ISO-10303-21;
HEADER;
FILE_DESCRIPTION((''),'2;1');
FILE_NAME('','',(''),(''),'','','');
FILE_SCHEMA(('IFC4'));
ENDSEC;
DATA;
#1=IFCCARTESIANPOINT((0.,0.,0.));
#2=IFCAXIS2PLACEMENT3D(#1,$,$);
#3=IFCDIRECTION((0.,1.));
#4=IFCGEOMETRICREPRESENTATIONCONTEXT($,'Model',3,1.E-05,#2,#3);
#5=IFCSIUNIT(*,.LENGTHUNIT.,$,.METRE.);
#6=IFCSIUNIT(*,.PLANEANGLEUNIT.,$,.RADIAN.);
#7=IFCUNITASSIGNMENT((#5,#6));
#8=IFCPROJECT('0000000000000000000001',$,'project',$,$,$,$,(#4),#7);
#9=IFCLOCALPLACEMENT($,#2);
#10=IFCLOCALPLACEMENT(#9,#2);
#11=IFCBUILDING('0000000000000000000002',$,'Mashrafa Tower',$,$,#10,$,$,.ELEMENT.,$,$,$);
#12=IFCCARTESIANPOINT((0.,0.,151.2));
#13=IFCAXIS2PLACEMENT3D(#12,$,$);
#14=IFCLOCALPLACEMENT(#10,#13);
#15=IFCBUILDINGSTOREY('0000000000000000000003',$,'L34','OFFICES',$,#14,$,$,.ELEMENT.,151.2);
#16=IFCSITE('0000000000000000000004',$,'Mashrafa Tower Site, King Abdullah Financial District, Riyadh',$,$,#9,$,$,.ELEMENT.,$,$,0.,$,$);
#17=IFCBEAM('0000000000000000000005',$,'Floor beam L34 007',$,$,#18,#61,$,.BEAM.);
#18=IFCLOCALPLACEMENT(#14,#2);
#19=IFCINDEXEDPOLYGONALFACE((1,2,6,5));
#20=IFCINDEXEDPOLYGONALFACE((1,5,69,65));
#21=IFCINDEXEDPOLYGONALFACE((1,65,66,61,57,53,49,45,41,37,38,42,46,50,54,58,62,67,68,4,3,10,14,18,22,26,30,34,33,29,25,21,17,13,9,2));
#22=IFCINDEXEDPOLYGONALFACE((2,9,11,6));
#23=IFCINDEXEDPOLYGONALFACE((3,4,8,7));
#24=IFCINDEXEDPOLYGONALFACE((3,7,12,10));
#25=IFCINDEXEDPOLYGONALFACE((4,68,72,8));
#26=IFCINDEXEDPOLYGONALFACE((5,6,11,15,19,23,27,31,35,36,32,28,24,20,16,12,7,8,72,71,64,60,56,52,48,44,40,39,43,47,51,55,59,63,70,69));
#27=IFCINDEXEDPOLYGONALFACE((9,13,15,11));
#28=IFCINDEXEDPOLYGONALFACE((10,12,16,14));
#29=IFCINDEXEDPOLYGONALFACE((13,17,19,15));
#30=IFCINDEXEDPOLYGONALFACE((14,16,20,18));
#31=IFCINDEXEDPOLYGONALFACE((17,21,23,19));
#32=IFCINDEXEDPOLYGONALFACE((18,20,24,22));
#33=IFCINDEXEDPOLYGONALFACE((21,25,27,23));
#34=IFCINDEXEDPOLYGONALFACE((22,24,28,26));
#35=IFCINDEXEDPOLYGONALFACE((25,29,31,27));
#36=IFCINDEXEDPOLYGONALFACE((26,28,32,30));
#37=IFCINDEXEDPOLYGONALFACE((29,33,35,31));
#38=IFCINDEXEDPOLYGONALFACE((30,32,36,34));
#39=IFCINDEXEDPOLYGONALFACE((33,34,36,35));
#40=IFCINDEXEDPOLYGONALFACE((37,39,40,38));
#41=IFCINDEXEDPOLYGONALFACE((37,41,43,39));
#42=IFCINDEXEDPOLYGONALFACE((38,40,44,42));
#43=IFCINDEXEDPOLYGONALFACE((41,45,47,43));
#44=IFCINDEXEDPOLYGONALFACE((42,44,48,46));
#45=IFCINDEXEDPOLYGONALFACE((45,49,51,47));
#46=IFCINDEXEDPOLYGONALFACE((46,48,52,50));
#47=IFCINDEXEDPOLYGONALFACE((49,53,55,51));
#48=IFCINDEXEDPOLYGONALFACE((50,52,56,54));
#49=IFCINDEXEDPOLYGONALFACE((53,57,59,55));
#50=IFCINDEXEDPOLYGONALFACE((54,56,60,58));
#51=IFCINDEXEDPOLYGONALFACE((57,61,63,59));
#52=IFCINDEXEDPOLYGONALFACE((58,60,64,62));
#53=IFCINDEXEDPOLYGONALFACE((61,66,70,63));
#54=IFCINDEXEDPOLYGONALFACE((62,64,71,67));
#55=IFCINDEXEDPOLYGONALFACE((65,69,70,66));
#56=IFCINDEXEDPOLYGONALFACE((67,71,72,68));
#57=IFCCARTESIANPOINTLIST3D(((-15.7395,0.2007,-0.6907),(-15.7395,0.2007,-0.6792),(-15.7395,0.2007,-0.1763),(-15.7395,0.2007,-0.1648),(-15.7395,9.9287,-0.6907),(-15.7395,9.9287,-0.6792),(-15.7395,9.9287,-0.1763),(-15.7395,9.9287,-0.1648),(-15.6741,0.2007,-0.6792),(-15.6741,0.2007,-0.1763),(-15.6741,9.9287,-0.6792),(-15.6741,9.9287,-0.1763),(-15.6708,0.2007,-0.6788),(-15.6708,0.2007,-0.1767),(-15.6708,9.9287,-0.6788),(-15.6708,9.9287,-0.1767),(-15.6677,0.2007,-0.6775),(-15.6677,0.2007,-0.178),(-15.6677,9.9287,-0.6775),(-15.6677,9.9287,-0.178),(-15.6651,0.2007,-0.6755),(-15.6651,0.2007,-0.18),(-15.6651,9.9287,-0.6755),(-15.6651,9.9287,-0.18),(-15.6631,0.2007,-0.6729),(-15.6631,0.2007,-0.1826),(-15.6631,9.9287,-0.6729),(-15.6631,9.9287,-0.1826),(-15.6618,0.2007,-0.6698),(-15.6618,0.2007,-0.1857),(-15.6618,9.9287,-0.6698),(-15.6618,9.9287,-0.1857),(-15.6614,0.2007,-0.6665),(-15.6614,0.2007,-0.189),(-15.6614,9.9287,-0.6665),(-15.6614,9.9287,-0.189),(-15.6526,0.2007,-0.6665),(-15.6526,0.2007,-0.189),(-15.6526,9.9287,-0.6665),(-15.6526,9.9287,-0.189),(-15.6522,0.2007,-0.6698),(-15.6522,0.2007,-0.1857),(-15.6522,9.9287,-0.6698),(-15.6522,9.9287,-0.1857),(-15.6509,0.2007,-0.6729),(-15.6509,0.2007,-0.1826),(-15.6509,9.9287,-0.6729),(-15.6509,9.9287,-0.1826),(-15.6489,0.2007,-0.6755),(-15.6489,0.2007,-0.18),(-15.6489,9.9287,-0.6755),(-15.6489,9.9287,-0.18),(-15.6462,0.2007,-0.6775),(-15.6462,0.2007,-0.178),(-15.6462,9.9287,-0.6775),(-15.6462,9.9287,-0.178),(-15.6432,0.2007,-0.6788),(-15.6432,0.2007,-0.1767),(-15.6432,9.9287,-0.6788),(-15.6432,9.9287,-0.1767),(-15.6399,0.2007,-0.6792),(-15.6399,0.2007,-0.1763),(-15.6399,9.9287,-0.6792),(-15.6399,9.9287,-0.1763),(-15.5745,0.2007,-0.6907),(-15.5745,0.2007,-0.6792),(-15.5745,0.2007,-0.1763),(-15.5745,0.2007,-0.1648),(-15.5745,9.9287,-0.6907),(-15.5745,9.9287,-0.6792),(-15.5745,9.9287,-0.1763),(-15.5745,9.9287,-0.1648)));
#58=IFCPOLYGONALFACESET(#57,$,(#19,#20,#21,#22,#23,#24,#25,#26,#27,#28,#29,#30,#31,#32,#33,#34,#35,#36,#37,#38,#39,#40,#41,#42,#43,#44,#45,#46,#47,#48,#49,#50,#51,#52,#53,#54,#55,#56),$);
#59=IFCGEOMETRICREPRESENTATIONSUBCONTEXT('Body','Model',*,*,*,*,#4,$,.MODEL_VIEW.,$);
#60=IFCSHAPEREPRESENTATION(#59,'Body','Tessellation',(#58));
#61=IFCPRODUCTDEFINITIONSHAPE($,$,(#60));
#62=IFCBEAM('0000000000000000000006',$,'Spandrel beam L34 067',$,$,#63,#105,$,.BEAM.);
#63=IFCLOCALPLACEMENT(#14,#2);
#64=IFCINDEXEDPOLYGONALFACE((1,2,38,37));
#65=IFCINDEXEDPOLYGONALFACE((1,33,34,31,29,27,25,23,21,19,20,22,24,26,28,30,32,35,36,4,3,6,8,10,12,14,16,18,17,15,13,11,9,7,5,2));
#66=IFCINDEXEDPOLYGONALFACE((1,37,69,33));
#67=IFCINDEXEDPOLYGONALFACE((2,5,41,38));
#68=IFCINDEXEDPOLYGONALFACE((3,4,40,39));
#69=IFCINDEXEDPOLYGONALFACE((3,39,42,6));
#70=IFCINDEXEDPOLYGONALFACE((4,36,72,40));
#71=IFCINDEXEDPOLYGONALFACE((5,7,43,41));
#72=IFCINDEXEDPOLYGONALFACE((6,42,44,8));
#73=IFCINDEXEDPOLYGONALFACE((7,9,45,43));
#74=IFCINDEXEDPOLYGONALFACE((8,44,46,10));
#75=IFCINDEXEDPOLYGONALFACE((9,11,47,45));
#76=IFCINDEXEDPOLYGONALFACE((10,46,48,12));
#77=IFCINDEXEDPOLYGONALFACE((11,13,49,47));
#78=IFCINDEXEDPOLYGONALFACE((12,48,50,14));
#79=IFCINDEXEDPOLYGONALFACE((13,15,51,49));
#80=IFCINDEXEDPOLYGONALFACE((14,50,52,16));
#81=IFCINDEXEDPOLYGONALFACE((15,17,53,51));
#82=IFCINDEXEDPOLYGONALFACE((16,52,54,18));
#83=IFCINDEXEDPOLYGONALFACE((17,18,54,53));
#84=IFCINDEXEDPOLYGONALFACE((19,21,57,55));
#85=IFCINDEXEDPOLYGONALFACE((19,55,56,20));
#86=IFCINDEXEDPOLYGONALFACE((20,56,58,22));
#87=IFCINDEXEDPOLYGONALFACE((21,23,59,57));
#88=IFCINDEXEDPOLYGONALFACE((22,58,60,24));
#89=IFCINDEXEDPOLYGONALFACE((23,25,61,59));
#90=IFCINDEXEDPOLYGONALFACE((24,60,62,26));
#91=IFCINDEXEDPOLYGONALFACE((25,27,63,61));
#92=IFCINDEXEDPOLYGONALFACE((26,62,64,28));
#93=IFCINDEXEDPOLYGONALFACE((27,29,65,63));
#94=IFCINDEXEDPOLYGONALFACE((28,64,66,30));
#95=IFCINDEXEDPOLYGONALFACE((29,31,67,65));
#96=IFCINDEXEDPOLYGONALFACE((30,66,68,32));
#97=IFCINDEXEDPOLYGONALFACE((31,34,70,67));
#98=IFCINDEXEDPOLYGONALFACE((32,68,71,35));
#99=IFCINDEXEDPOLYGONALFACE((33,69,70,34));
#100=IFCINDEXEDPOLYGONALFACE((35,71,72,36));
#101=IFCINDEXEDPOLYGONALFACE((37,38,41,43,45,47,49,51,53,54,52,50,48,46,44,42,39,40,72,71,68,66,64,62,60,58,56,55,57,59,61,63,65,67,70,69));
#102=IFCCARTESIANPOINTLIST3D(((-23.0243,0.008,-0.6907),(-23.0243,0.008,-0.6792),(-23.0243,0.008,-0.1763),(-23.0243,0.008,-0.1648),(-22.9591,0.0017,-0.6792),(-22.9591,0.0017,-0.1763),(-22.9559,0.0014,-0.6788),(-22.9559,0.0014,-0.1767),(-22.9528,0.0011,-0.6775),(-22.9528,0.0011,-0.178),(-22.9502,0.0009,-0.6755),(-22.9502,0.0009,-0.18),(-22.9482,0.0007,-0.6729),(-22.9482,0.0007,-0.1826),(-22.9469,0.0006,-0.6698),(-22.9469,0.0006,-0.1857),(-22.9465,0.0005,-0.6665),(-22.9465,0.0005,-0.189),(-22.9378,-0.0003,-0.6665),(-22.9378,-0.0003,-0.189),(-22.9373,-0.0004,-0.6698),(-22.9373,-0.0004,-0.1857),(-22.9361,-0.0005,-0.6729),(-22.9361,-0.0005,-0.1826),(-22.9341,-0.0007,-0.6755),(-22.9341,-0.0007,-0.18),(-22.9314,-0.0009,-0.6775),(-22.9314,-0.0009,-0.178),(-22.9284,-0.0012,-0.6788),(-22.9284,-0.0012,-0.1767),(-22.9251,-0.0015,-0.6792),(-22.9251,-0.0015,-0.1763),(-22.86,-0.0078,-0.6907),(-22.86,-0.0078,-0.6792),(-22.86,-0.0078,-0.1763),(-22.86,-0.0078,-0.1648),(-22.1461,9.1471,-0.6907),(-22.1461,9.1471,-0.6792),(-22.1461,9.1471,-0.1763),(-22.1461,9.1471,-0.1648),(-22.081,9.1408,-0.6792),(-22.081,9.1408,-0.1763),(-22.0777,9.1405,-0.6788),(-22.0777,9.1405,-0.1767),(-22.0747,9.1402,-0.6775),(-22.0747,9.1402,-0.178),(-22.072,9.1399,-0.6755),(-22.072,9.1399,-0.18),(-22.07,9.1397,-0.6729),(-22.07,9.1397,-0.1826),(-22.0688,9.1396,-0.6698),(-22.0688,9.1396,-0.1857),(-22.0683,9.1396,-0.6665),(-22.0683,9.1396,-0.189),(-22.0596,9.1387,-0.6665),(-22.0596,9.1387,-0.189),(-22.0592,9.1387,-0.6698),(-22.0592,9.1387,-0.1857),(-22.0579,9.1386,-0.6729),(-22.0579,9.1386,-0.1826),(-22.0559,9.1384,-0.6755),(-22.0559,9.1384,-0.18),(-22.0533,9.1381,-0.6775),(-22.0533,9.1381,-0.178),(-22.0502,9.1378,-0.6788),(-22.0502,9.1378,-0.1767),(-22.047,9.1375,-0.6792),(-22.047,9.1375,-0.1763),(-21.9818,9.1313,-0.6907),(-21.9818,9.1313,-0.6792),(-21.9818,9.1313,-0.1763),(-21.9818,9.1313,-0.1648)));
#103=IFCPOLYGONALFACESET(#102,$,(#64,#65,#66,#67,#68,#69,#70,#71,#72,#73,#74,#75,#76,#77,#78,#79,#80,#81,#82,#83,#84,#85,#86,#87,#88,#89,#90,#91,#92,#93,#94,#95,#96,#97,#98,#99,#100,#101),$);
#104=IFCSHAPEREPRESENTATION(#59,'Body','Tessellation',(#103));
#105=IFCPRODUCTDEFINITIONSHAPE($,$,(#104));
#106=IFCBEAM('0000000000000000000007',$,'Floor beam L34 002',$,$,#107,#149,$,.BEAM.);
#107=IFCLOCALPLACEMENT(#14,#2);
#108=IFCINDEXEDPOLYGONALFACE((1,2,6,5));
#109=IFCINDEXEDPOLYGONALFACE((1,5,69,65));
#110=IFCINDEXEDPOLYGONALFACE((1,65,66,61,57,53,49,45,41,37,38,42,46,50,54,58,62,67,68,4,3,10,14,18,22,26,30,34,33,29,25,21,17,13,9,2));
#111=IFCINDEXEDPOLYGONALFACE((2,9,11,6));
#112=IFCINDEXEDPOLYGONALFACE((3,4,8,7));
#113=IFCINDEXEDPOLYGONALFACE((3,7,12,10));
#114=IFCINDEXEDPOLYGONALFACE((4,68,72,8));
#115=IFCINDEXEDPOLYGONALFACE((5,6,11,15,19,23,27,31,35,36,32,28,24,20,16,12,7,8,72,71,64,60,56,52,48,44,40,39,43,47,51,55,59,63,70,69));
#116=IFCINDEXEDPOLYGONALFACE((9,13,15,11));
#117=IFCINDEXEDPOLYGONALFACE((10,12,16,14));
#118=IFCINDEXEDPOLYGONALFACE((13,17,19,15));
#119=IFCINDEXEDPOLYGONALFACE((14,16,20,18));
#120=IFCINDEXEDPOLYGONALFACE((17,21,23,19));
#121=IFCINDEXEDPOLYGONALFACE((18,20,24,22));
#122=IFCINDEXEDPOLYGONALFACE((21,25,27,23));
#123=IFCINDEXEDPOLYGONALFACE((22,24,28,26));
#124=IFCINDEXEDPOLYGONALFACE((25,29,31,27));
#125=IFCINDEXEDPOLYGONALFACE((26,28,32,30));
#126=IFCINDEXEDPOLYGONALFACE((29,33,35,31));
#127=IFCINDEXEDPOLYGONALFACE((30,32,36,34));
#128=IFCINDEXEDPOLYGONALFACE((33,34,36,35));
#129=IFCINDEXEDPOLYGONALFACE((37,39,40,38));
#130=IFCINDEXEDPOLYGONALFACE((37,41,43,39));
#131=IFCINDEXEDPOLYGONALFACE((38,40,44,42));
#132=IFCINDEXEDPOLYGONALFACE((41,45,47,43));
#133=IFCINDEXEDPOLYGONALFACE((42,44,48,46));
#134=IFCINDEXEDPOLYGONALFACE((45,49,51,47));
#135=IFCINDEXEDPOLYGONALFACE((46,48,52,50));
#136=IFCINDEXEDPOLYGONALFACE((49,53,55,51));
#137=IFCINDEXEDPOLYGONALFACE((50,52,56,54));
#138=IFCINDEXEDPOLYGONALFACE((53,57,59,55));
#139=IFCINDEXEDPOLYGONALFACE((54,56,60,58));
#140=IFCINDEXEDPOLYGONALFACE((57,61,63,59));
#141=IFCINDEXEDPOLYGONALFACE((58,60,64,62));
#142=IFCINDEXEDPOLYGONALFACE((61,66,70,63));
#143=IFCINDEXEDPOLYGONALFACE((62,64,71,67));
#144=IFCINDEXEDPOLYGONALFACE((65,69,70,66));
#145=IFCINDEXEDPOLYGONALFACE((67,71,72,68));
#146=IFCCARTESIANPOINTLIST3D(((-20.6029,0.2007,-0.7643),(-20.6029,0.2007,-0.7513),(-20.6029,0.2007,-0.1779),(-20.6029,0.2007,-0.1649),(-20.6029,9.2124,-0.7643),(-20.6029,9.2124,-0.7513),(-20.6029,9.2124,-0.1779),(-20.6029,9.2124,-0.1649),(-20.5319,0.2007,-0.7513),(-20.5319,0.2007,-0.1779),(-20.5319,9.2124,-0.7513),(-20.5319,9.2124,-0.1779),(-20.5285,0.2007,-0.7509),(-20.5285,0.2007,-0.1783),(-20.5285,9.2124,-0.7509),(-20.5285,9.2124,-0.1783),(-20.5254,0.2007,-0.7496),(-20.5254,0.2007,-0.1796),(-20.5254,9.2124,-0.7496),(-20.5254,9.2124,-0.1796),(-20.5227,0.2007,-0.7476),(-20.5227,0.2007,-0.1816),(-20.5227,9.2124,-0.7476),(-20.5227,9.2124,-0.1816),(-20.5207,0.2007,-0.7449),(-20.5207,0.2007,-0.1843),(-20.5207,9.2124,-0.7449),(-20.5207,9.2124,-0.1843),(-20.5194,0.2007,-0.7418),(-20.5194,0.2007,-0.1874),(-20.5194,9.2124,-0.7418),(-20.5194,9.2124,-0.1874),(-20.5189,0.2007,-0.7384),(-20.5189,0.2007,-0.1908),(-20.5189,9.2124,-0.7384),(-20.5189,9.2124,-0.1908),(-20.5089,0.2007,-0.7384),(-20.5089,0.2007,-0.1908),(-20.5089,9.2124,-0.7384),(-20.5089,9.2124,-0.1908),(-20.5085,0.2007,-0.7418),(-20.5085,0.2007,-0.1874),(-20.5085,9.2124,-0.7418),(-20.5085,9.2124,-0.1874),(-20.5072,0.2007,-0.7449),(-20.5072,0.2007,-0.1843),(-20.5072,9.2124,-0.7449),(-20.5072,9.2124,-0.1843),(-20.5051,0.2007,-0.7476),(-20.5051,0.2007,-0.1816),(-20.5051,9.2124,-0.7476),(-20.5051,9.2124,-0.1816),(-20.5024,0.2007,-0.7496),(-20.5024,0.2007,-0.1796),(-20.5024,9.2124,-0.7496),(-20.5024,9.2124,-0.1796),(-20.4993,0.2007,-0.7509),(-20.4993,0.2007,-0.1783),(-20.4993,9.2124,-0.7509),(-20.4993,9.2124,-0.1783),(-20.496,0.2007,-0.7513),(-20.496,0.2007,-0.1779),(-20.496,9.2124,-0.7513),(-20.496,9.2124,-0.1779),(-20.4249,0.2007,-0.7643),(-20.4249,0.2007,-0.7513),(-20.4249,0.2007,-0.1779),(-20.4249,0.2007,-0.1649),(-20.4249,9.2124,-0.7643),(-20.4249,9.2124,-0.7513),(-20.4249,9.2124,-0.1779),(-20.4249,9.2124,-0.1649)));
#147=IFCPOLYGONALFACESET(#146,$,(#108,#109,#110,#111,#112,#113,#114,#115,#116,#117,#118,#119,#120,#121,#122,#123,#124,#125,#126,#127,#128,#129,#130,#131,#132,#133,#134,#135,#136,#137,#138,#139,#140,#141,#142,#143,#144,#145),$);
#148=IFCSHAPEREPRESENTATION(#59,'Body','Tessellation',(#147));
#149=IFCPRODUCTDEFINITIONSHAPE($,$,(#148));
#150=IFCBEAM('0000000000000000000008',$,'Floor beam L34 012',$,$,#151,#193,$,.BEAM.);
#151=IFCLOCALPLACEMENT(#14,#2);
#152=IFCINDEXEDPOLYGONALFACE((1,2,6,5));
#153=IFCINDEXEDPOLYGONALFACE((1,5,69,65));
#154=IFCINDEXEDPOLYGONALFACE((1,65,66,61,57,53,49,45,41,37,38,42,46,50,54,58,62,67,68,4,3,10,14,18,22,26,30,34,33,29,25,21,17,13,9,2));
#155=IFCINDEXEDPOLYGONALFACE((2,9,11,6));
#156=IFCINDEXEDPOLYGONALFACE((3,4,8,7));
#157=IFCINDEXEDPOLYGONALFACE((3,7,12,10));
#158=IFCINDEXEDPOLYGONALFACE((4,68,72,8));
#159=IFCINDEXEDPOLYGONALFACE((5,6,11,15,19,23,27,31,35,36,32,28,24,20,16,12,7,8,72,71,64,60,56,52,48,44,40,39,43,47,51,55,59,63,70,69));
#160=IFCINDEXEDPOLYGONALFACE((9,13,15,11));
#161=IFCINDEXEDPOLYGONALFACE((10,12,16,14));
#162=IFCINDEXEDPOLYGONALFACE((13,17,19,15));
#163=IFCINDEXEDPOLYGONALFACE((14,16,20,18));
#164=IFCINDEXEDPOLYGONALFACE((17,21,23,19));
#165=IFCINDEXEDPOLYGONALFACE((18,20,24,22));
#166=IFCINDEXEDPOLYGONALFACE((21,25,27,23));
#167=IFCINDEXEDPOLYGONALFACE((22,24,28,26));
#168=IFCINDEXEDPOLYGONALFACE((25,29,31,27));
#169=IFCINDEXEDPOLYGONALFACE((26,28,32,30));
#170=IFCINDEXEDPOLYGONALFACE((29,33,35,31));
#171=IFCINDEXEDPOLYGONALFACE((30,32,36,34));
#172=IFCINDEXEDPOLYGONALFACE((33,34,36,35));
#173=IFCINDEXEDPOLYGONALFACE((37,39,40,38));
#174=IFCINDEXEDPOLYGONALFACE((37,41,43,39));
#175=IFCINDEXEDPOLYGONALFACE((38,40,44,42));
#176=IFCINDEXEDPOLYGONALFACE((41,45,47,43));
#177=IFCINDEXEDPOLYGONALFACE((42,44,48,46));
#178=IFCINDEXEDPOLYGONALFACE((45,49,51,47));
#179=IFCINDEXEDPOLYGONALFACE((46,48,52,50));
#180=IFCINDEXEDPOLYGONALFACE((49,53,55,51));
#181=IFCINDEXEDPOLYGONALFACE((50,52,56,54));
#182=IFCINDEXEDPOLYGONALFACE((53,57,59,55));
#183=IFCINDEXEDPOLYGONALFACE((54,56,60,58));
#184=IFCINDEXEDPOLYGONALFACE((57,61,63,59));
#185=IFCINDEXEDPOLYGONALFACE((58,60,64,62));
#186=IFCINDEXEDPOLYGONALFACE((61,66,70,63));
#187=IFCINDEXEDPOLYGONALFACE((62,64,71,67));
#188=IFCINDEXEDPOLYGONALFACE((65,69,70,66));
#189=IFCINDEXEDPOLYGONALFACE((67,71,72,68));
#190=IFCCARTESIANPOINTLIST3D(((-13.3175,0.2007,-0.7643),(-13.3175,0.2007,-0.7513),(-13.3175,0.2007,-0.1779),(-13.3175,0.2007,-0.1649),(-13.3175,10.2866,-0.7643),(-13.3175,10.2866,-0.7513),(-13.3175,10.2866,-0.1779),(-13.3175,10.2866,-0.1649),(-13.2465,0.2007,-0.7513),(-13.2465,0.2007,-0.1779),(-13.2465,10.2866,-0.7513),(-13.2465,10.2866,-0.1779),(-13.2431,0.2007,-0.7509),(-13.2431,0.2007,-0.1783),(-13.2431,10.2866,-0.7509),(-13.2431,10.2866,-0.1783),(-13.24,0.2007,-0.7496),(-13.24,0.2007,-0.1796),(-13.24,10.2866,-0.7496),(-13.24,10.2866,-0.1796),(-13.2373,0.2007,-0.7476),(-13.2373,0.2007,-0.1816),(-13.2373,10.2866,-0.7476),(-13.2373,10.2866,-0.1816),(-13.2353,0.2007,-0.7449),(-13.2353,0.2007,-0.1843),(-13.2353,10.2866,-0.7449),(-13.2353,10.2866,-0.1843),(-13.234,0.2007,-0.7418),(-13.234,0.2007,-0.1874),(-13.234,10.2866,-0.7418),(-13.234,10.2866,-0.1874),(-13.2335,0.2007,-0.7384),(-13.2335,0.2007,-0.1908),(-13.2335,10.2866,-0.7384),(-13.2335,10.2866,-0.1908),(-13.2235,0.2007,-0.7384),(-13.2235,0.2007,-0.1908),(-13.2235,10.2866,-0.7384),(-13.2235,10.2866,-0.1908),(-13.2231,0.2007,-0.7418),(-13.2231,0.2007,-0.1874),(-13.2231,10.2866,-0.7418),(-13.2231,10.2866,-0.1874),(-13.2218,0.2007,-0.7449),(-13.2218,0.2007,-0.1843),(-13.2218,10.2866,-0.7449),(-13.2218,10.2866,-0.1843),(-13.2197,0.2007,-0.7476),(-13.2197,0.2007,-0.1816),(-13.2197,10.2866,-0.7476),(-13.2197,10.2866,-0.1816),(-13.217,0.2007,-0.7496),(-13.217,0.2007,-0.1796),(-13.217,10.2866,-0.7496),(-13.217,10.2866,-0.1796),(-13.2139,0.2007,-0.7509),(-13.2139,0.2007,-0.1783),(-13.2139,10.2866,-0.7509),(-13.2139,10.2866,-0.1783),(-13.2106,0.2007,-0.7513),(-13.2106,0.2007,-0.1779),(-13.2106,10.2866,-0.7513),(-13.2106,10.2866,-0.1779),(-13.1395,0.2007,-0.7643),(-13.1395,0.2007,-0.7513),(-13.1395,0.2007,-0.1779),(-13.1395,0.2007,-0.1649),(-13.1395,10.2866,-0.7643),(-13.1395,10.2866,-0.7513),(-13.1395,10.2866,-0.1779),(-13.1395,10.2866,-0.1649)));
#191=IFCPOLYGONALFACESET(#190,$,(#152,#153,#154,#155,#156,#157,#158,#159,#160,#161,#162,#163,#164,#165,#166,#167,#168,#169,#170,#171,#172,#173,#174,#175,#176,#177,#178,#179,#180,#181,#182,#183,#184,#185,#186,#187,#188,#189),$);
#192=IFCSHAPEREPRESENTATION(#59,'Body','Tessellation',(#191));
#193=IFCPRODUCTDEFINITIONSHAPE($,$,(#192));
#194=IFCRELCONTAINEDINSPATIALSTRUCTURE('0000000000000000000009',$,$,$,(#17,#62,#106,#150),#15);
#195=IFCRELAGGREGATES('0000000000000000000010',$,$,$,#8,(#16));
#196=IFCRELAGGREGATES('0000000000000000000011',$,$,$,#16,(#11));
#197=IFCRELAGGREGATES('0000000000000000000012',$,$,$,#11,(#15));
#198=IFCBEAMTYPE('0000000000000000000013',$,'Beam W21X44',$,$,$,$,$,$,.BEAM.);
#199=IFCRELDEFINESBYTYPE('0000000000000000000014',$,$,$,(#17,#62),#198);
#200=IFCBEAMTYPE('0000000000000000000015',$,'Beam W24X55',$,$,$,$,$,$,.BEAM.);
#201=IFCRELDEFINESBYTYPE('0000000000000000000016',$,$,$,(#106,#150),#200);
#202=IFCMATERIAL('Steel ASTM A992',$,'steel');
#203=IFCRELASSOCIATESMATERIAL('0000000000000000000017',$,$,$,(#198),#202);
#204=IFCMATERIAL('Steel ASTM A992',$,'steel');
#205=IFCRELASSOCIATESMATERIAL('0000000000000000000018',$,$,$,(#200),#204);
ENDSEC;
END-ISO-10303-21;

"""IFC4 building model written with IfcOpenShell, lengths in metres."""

from ifc_helpers import new_model, si_unit, direction, frame, origin, origin_2d, place, context, subcontext, project, spatial, i_section, extrude, material, material_profile, profile_set, type_object, element, save


model = new_model("IFC4")

# Units and contexts
model_context = context("Model", 3, precision=1e-05, world=origin(), true_north=direction((0.0, 1.0)))
body_context = subcontext(model_context, "Body", "Model", "MODEL_VIEW")
ifc_project = project(units=[si_unit("LENGTHUNIT", "METRE"), si_unit("PLANEANGLEUNIT", "RADIAN")], contexts=[model_context])

# Site, building, storey
site_placement = place(None, origin())
site = spatial("IfcSite", under=ifc_project, at=site_placement, Name="Mashrafa Tower Site, King Abdullah Financial District, Riyadh", CompositionType="ELEMENT", RefElevation=0.0)
building_placement = place(site_placement, origin())
building = spatial("IfcBuilding", under=site, at=building_placement, Name="Mashrafa Tower", CompositionType="ELEMENT")
storey_placement = place(building_placement, frame((0.0, 0.0, 151.2)))
storey = spatial("IfcBuildingStorey", under=building, at=storey_placement, Name="L34", Description="OFFICES", CompositionType="ELEMENT", Elevation=151.2)

# Beams
ifc_material_1 = material(Name="Steel ASTM A992", Category="steel")
ifc_material_profile_1 = material_profile(ifc_material_1, i_section(OverallWidth=0.165, OverallDepth=0.5259, WebThickness=0.0088, FlangeThickness=0.0115, FilletRadius=0.0127, at=origin_2d()), Name="W21X44")
ifc_profile_set_1 = profile_set([ifc_material_profile_1], Name="Steel ASTM A992")
beam_type_1 = type_object("IfcBeamType", Name="Beam W21X44", PredefinedType="BEAM", material=ifc_profile_set_1)
beam_1_placement = place(storey_placement, frame((-15.657, 0.2007, -0.4277), z_axis=(0.0, 1.0, 0.0), x_axis=(-1.0, 0.0, 0.0)))
element("IfcBeam", 1, at=beam_1_placement, inside=storey, type_object=beam_type_1, Name="Floor beam L34 007", PredefinedType="BEAM", context=body_context, shape_type="SweptSolid", body=[
    extrude(i_section(OverallWidth=0.165, OverallDepth=0.5259, WebThickness=0.0088, FlangeThickness=0.0115, FilletRadius=0.0127, at=origin_2d()), origin(), (0.0, 0.0, 1.0), 9.728),
])
beam_2_placement = place(storey_placement, frame((-22.064, 9.1392, -0.4277), z_axis=(-0.095649, -0.995415, 0.0), x_axis=(0.995415, -0.095649, 0.0)))
element("IfcBeam", 2, at=beam_2_placement, inside=storey, type_object=beam_type_1, Name="Spandrel beam L34 067", PredefinedType="BEAM", context=body_context, shape_type="SweptSolid", body=[
    extrude(i_section(OverallWidth=0.165, OverallDepth=0.5259, WebThickness=0.0088, FlangeThickness=0.0115, FilletRadius=0.0127, at=origin_2d()), origin(), (0.0, 0.0, 1.0), 9.1812),
])
ifc_material_2 = material(Name="Steel ASTM A992", Category="steel")
ifc_material_profile_2 = material_profile(ifc_material_2, i_section(OverallWidth=0.178, OverallDepth=0.5994, WebThickness=0.01, FlangeThickness=0.0129, FilletRadius=0.0129, at=origin_2d()), Name="W24X55")
ifc_profile_set_2 = profile_set([ifc_material_profile_2], Name="Steel ASTM A992")
beam_type_2 = type_object("IfcBeamType", Name="Beam W24X55", PredefinedType="BEAM", material=ifc_profile_set_2)
beam_3_placement = place(storey_placement, frame((-20.5139, 0.2007, -0.4646), z_axis=(0.0, 1.0, 0.0), x_axis=(-1.0, 0.0, 0.0)))
element("IfcBeam", 3, at=beam_3_placement, inside=storey, type_object=beam_type_2, Name="Floor beam L34 002", PredefinedType="BEAM", context=body_context, shape_type="SweptSolid", body=[
    extrude(i_section(OverallWidth=0.178, OverallDepth=0.5994, WebThickness=0.01, FlangeThickness=0.0129, FilletRadius=0.0129, at=origin_2d()), origin(), (0.0, 0.0, 1.0), 9.0117),
])
beam_4_placement = place(storey_placement, frame((-13.2285, 0.2007, -0.4646), z_axis=(0.0, 1.0, 0.0), x_axis=(-1.0, 0.0, 0.0)))
element("IfcBeam", 4, at=beam_4_placement, inside=storey, type_object=beam_type_2, Name="Floor beam L34 012", PredefinedType="BEAM", context=body_context, shape_type="SweptSolid", body=[
    extrude(i_section(OverallWidth=0.178, OverallDepth=0.5994, WebThickness=0.01, FlangeThickness=0.0129, FilletRadius=0.0129, at=origin_2d()), origin(), (0.0, 0.0, 1.0), 10.0859),
])

save(model, "model.ifc")
